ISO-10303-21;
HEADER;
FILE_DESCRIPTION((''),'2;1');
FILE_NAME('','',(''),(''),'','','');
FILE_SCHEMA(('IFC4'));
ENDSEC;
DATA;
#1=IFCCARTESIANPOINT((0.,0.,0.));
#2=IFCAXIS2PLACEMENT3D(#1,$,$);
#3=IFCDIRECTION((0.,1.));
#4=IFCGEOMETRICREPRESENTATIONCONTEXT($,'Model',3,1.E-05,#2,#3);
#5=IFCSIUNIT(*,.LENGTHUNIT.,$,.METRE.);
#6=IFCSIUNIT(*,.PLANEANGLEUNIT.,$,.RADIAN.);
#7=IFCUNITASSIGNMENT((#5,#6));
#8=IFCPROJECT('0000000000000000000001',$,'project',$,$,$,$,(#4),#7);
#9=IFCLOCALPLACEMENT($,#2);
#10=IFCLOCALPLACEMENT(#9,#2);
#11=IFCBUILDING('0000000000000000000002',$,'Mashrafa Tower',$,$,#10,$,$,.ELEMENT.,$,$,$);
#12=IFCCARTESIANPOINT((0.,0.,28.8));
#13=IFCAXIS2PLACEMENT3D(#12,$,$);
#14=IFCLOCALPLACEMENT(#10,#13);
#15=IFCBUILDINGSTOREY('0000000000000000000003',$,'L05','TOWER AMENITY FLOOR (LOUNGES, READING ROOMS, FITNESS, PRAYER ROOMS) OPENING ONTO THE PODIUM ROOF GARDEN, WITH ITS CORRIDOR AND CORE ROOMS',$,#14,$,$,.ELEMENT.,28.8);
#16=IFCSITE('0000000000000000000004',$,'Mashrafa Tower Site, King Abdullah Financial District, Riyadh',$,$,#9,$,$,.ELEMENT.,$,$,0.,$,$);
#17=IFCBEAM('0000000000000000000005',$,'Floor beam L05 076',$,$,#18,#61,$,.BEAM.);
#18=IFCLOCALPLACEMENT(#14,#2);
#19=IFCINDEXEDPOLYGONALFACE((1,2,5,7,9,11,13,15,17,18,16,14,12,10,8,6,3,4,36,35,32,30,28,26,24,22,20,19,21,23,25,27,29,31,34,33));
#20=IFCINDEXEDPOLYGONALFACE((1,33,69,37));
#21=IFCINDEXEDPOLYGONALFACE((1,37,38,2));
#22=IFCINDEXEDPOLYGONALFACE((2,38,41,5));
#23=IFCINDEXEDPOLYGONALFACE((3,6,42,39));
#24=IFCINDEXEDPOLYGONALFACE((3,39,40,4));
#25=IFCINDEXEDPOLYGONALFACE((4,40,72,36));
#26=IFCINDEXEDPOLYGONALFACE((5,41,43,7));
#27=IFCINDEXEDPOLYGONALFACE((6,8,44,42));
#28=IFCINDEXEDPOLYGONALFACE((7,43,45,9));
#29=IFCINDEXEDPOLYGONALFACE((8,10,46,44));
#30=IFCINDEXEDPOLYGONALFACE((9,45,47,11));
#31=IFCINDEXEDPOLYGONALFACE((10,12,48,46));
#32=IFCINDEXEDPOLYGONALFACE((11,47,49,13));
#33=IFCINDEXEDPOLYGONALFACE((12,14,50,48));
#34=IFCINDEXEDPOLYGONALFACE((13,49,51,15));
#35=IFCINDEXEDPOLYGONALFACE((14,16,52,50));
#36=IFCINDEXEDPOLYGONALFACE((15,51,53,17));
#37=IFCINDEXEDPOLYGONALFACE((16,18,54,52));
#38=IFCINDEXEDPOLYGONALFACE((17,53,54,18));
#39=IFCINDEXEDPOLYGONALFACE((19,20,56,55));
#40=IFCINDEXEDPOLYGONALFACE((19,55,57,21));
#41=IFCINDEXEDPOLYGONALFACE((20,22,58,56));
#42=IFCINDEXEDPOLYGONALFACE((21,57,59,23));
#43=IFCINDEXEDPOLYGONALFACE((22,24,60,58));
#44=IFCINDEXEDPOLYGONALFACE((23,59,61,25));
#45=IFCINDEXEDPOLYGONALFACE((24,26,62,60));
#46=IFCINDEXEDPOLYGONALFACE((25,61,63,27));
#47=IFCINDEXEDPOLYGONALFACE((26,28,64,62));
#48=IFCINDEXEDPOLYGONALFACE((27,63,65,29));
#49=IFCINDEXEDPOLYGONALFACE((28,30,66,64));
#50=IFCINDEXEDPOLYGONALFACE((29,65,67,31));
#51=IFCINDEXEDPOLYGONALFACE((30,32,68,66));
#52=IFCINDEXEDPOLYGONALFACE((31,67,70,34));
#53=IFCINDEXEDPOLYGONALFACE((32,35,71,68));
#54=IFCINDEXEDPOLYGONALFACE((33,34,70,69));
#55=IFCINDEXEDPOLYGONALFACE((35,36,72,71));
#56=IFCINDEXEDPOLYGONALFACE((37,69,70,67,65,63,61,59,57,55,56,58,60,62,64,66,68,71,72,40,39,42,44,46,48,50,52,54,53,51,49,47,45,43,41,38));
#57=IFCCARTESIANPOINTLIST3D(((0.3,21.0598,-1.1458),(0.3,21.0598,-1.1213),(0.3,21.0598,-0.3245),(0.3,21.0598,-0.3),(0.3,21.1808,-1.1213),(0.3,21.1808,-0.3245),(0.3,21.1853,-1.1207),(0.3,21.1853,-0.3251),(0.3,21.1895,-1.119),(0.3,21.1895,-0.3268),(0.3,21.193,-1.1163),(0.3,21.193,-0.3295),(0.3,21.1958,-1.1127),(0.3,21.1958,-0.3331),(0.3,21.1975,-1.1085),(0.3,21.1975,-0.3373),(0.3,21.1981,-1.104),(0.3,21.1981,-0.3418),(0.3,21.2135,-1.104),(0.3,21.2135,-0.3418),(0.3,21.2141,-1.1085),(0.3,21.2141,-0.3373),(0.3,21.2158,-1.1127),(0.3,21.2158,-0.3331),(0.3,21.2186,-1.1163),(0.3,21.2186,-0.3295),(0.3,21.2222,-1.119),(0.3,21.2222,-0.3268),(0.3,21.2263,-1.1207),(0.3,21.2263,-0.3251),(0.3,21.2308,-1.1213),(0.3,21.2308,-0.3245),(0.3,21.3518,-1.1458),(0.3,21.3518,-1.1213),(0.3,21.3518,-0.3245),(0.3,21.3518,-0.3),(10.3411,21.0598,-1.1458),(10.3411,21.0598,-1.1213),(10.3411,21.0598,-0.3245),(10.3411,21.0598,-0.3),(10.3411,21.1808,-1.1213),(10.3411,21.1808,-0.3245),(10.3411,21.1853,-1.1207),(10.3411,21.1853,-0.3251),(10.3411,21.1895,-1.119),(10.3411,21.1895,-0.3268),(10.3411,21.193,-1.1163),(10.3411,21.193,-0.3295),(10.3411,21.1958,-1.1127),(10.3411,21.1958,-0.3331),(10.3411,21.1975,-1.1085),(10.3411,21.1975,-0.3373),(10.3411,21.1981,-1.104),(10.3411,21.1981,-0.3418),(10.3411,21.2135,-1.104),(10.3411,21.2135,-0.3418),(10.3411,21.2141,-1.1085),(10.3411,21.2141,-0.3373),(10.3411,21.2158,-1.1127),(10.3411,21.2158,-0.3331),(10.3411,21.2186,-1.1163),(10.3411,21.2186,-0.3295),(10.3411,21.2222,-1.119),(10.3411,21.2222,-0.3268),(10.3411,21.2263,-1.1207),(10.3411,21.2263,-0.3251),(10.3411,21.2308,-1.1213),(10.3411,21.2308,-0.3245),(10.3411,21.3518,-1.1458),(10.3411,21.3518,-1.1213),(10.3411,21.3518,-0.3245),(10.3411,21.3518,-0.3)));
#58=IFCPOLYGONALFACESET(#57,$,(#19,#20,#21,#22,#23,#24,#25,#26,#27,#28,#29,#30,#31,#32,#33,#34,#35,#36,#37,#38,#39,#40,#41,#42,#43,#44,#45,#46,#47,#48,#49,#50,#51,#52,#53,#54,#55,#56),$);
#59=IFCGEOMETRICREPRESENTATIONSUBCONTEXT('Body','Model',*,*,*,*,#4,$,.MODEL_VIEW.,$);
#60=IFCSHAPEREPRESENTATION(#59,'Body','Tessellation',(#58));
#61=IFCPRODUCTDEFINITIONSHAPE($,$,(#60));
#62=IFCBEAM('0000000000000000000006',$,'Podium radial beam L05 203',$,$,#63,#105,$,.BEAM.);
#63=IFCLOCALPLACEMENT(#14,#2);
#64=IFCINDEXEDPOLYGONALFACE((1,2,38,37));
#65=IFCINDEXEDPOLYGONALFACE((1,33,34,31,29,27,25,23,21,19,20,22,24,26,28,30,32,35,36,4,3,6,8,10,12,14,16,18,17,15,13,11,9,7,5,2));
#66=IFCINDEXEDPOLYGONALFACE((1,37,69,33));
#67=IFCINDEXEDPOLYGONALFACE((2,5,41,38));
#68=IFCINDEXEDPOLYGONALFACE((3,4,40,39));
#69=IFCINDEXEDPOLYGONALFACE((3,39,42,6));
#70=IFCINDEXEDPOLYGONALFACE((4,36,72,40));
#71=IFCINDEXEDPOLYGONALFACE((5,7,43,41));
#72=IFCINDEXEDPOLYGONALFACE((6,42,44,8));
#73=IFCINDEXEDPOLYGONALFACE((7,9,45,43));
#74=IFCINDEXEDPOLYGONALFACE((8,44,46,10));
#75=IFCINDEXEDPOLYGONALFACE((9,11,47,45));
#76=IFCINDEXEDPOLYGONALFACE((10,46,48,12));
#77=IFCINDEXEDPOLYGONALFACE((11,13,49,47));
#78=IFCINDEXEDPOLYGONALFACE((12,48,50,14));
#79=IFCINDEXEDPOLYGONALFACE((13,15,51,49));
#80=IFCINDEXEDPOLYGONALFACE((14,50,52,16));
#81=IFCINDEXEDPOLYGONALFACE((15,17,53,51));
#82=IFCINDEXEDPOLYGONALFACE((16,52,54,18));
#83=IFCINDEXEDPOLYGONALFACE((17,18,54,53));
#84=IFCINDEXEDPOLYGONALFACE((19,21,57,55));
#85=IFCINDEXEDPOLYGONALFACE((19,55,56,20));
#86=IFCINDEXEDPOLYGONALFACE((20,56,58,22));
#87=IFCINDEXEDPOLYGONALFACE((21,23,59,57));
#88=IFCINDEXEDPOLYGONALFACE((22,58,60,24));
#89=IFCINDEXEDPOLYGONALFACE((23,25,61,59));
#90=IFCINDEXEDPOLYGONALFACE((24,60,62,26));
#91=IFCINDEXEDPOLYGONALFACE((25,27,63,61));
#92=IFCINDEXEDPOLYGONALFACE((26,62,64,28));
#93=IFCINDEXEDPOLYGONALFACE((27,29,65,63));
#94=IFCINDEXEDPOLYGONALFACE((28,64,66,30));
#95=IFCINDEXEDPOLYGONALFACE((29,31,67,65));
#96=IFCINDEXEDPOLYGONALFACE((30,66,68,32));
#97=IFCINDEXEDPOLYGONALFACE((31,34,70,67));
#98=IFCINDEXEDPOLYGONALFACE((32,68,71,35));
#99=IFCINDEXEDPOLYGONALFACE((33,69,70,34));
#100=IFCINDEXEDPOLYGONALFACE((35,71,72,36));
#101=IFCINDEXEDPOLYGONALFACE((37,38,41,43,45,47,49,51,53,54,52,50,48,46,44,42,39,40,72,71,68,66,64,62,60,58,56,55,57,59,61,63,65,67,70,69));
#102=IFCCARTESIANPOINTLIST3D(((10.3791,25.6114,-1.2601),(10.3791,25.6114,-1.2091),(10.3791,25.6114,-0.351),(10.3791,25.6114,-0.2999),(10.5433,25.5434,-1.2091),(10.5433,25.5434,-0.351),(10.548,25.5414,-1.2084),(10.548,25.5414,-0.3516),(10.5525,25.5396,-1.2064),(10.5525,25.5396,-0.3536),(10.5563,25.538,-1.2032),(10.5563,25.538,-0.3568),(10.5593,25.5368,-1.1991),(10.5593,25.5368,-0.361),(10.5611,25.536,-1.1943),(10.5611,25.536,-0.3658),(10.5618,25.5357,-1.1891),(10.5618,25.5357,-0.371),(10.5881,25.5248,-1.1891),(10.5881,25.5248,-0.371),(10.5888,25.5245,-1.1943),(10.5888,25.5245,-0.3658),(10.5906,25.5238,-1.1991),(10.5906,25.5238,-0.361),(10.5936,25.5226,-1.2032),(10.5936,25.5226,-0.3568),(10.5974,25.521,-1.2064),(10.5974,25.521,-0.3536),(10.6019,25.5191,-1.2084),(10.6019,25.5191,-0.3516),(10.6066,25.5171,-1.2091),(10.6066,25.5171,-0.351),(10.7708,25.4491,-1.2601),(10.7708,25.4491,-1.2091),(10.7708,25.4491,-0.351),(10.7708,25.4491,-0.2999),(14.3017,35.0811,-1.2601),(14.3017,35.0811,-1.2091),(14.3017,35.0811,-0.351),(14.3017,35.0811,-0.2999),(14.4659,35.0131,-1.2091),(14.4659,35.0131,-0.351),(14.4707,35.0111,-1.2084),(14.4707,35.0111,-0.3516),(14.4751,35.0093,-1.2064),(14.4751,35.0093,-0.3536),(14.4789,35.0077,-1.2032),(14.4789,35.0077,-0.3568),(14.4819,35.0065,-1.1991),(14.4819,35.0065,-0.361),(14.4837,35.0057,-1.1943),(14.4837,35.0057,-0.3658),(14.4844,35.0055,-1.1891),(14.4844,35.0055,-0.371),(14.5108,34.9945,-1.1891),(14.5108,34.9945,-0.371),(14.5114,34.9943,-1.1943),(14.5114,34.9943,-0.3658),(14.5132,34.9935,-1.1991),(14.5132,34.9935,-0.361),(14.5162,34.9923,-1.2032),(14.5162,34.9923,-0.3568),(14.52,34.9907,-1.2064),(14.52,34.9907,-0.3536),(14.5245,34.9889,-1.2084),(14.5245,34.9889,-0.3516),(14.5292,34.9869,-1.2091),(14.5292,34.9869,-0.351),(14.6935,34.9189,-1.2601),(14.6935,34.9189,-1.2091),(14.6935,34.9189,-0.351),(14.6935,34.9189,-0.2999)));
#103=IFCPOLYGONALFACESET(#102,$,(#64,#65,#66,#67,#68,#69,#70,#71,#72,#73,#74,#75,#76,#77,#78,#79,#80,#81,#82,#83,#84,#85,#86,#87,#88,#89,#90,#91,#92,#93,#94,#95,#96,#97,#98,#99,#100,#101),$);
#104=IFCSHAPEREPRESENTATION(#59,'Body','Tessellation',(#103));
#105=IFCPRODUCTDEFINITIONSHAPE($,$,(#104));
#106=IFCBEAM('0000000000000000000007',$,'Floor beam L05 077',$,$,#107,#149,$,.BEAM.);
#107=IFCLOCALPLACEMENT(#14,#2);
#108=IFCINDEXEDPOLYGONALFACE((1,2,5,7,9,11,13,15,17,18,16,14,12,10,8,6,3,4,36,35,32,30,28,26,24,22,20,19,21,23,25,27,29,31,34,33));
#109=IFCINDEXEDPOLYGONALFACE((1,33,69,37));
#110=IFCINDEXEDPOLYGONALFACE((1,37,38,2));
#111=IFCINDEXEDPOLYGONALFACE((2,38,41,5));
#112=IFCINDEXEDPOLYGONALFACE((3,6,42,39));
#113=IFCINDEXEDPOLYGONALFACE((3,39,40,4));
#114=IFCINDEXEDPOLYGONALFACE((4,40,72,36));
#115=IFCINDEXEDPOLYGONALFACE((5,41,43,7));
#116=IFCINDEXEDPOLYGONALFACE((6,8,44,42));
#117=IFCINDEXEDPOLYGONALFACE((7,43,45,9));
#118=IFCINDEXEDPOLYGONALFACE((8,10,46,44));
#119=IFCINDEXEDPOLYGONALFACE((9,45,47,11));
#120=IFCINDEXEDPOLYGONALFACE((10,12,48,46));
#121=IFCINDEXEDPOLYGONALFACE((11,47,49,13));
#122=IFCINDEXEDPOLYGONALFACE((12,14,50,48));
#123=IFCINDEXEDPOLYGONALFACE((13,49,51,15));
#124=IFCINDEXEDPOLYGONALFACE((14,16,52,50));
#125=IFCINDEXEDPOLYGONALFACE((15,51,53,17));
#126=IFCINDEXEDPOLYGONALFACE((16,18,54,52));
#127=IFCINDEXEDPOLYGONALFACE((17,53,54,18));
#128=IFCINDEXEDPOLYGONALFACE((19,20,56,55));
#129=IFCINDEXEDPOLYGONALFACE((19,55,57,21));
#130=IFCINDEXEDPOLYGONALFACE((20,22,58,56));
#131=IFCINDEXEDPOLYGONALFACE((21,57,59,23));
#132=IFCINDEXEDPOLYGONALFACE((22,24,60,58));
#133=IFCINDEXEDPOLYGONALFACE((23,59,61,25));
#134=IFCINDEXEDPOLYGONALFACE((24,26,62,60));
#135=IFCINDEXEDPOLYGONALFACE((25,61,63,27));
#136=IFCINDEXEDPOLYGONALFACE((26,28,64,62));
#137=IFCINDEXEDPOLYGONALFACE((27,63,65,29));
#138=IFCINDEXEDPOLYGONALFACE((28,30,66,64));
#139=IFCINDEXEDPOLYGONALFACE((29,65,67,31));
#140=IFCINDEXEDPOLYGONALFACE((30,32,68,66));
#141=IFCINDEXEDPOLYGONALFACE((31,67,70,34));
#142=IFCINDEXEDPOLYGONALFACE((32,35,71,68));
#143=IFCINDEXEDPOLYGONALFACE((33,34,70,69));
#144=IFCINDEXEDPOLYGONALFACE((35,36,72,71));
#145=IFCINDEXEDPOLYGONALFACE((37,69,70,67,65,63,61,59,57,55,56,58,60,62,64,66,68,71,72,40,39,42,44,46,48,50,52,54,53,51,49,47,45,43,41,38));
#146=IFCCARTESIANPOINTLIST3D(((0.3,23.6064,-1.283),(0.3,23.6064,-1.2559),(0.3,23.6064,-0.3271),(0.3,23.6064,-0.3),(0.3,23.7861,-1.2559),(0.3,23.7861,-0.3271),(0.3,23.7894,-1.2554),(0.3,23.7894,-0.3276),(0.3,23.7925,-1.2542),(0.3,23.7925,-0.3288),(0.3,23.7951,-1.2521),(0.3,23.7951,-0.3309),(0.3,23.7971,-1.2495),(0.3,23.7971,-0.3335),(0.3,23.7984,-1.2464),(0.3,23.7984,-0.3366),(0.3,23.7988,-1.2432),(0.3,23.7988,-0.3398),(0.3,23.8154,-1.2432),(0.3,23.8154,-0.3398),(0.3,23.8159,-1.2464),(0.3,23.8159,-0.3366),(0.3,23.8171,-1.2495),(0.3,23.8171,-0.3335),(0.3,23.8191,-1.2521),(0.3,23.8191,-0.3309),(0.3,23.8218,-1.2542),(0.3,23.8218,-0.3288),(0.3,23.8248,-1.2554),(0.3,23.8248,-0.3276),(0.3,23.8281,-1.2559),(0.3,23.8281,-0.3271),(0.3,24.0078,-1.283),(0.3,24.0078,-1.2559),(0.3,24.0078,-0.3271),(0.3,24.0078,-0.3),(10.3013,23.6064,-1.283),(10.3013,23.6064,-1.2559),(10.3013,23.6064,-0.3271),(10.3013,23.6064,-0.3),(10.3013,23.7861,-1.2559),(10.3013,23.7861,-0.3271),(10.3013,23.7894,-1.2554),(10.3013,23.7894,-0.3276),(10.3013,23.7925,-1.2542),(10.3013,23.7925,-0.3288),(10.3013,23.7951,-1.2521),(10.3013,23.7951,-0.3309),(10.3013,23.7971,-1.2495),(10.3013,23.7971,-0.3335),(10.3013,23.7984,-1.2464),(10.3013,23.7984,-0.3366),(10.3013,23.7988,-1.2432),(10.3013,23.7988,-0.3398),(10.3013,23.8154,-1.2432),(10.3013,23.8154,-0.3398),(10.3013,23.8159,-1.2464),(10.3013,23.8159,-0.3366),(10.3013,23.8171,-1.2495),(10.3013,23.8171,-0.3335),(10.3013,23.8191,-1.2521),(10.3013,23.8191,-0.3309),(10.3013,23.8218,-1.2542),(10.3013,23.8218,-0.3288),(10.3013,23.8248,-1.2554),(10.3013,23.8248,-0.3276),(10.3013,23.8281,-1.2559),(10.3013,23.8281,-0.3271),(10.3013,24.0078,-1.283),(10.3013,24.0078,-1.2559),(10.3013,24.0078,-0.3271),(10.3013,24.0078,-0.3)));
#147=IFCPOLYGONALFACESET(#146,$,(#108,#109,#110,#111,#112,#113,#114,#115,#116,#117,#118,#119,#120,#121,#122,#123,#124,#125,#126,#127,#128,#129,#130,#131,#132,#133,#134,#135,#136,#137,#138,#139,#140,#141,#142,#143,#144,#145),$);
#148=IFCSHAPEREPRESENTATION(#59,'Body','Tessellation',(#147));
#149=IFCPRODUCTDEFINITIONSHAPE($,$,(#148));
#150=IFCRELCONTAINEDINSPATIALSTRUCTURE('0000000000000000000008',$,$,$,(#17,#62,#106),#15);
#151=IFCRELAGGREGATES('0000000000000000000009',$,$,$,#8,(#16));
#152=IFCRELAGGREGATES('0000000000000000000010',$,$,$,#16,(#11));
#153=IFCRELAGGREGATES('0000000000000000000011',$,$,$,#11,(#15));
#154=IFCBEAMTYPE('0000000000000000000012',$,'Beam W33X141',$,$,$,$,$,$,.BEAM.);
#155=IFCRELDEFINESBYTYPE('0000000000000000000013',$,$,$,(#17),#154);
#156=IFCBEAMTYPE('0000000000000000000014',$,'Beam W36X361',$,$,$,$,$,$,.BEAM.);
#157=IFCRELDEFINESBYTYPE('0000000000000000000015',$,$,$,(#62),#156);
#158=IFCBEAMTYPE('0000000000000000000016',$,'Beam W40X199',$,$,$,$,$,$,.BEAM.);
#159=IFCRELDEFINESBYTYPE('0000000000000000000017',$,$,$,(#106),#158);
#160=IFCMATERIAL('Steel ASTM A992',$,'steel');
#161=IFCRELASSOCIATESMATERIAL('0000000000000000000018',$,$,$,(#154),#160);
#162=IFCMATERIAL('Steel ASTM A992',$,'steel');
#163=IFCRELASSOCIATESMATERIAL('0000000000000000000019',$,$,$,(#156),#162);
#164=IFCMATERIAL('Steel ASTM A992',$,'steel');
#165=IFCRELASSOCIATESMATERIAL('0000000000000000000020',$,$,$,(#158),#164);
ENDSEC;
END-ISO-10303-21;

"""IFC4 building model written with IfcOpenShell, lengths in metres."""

from ifc_helpers import new_model, si_unit, direction, frame, origin, origin_2d, place, context, subcontext, project, spatial, i_section, extrude, material, material_profile, profile_set, type_object, element, save


model = new_model("IFC4")

# Units and contexts
model_context = context("Model", 3, precision=1e-05, world=origin(), true_north=direction((0.0, 1.0)))
body_context = subcontext(model_context, "Body", "Model", "MODEL_VIEW")
ifc_project = project(units=[si_unit("LENGTHUNIT", "METRE"), si_unit("PLANEANGLEUNIT", "RADIAN")], contexts=[model_context])

# Site, building, storey
site_placement = place(None, origin())
site = spatial("IfcSite", under=ifc_project, at=site_placement, Name="Mashrafa Tower Site, King Abdullah Financial District, Riyadh", CompositionType="ELEMENT", RefElevation=0.0)
building_placement = place(site_placement, origin())
building = spatial("IfcBuilding", under=site, at=building_placement, Name="Mashrafa Tower", CompositionType="ELEMENT")
storey_placement = place(building_placement, frame((0.0, 0.0, 28.8)))
storey = spatial("IfcBuildingStorey", under=building, at=storey_placement, Name="L05", Description="TOWER AMENITY FLOOR (LOUNGES, READING ROOMS, FITNESS, PRAYER ROOMS) OPENING ONTO THE PODIUM ROOF GARDEN, WITH ITS CORRIDOR AND CORE ROOMS", CompositionType="ELEMENT", Elevation=28.8)

# Beams
ifc_material_1 = material(Name="Steel ASTM A992", Category="steel")
ifc_material_profile_1 = material_profile(ifc_material_1, i_section(OverallWidth=0.292, OverallDepth=0.8457, WebThickness=0.0154, FlangeThickness=0.0244, FilletRadius=0.0173, at=origin_2d()), Name="W33X141")
ifc_profile_set_1 = profile_set([ifc_material_profile_1], Name="Steel ASTM A992")
beam_type_1 = type_object("IfcBeamType", Name="Beam W33X141", PredefinedType="BEAM", material=ifc_profile_set_1)
beam_1_placement = place(storey_placement, frame((0.3, 21.2058, -0.7229), z_axis=(1.0, 0.0, 0.0), x_axis=(0.0, 1.0, 0.0)))
element("IfcBeam", 1, at=beam_1_placement, inside=storey, type_object=beam_type_1, Name="Floor beam L05 076", PredefinedType="BEAM", context=body_context, shape_type="SweptSolid", body=[
    extrude(i_section(OverallWidth=0.292, OverallDepth=0.8457, WebThickness=0.0154, FlangeThickness=0.0244, FilletRadius=0.0173, at=origin_2d()), origin(), (0.0, 0.0, 1.0), 10.041),
])
ifc_material_2 = material(Name="Steel ASTM A992", Category="steel")
ifc_material_profile_2 = material_profile(ifc_material_2, i_section(OverallWidth=0.4241, OverallDepth=0.9602, WebThickness=0.0286, FlangeThickness=0.051, FilletRadius=0.02, at=origin_2d()), Name="W36X361")
ifc_profile_set_2 = profile_set([ifc_material_profile_2], Name="Steel ASTM A992")
beam_type_2 = type_object("IfcBeamType", Name="Beam W36X361", PredefinedType="BEAM", material=ifc_profile_set_2)
beam_2_placement = place(storey_placement, frame((10.575, 25.5303, -0.78), z_axis=(0.382693, 0.923875, 0.0), x_axis=(-0.923875, 0.382693, 0.0)))
element("IfcBeam", 2, at=beam_2_placement, inside=storey, type_object=beam_type_2, Name="Podium radial beam L05 203", PredefinedType="BEAM", context=body_context, shape_type="SweptSolid", body=[
    extrude(i_section(OverallWidth=0.4241, OverallDepth=0.9602, WebThickness=0.0286, FlangeThickness=0.051, FilletRadius=0.02, at=origin_2d()), origin(), (0.0, 0.0, 1.0), 10.25),
])
ifc_material_3 = material(Name="Steel ASTM A992", Category="steel")
ifc_material_profile_3 = material_profile(ifc_material_3, i_section(OverallWidth=0.4014, OverallDepth=0.9829, WebThickness=0.0166, FlangeThickness=0.0271, FilletRadius=0.0127, at=origin_2d()), Name="W40X199")
ifc_profile_set_3 = profile_set([ifc_material_profile_3], Name="Steel ASTM A992")
beam_type_3 = type_object("IfcBeamType", Name="Beam W40X199", PredefinedType="BEAM", material=ifc_profile_set_3)
beam_3_placement = place(storey_placement, frame((0.3, 23.8071, -0.7915), z_axis=(1.0, 0.0, 0.0), x_axis=(0.0, 1.0, 0.0)))
element("IfcBeam", 3, at=beam_3_placement, inside=storey, type_object=beam_type_3, Name="Floor beam L05 077", PredefinedType="BEAM", context=body_context, shape_type="SweptSolid", body=[
    extrude(i_section(OverallWidth=0.4014, OverallDepth=0.9829, WebThickness=0.0166, FlangeThickness=0.0271, FilletRadius=0.0127, at=origin_2d()), origin(), (0.0, 0.0, 1.0), 10.0012),
])

save(model, "model.ifc")
